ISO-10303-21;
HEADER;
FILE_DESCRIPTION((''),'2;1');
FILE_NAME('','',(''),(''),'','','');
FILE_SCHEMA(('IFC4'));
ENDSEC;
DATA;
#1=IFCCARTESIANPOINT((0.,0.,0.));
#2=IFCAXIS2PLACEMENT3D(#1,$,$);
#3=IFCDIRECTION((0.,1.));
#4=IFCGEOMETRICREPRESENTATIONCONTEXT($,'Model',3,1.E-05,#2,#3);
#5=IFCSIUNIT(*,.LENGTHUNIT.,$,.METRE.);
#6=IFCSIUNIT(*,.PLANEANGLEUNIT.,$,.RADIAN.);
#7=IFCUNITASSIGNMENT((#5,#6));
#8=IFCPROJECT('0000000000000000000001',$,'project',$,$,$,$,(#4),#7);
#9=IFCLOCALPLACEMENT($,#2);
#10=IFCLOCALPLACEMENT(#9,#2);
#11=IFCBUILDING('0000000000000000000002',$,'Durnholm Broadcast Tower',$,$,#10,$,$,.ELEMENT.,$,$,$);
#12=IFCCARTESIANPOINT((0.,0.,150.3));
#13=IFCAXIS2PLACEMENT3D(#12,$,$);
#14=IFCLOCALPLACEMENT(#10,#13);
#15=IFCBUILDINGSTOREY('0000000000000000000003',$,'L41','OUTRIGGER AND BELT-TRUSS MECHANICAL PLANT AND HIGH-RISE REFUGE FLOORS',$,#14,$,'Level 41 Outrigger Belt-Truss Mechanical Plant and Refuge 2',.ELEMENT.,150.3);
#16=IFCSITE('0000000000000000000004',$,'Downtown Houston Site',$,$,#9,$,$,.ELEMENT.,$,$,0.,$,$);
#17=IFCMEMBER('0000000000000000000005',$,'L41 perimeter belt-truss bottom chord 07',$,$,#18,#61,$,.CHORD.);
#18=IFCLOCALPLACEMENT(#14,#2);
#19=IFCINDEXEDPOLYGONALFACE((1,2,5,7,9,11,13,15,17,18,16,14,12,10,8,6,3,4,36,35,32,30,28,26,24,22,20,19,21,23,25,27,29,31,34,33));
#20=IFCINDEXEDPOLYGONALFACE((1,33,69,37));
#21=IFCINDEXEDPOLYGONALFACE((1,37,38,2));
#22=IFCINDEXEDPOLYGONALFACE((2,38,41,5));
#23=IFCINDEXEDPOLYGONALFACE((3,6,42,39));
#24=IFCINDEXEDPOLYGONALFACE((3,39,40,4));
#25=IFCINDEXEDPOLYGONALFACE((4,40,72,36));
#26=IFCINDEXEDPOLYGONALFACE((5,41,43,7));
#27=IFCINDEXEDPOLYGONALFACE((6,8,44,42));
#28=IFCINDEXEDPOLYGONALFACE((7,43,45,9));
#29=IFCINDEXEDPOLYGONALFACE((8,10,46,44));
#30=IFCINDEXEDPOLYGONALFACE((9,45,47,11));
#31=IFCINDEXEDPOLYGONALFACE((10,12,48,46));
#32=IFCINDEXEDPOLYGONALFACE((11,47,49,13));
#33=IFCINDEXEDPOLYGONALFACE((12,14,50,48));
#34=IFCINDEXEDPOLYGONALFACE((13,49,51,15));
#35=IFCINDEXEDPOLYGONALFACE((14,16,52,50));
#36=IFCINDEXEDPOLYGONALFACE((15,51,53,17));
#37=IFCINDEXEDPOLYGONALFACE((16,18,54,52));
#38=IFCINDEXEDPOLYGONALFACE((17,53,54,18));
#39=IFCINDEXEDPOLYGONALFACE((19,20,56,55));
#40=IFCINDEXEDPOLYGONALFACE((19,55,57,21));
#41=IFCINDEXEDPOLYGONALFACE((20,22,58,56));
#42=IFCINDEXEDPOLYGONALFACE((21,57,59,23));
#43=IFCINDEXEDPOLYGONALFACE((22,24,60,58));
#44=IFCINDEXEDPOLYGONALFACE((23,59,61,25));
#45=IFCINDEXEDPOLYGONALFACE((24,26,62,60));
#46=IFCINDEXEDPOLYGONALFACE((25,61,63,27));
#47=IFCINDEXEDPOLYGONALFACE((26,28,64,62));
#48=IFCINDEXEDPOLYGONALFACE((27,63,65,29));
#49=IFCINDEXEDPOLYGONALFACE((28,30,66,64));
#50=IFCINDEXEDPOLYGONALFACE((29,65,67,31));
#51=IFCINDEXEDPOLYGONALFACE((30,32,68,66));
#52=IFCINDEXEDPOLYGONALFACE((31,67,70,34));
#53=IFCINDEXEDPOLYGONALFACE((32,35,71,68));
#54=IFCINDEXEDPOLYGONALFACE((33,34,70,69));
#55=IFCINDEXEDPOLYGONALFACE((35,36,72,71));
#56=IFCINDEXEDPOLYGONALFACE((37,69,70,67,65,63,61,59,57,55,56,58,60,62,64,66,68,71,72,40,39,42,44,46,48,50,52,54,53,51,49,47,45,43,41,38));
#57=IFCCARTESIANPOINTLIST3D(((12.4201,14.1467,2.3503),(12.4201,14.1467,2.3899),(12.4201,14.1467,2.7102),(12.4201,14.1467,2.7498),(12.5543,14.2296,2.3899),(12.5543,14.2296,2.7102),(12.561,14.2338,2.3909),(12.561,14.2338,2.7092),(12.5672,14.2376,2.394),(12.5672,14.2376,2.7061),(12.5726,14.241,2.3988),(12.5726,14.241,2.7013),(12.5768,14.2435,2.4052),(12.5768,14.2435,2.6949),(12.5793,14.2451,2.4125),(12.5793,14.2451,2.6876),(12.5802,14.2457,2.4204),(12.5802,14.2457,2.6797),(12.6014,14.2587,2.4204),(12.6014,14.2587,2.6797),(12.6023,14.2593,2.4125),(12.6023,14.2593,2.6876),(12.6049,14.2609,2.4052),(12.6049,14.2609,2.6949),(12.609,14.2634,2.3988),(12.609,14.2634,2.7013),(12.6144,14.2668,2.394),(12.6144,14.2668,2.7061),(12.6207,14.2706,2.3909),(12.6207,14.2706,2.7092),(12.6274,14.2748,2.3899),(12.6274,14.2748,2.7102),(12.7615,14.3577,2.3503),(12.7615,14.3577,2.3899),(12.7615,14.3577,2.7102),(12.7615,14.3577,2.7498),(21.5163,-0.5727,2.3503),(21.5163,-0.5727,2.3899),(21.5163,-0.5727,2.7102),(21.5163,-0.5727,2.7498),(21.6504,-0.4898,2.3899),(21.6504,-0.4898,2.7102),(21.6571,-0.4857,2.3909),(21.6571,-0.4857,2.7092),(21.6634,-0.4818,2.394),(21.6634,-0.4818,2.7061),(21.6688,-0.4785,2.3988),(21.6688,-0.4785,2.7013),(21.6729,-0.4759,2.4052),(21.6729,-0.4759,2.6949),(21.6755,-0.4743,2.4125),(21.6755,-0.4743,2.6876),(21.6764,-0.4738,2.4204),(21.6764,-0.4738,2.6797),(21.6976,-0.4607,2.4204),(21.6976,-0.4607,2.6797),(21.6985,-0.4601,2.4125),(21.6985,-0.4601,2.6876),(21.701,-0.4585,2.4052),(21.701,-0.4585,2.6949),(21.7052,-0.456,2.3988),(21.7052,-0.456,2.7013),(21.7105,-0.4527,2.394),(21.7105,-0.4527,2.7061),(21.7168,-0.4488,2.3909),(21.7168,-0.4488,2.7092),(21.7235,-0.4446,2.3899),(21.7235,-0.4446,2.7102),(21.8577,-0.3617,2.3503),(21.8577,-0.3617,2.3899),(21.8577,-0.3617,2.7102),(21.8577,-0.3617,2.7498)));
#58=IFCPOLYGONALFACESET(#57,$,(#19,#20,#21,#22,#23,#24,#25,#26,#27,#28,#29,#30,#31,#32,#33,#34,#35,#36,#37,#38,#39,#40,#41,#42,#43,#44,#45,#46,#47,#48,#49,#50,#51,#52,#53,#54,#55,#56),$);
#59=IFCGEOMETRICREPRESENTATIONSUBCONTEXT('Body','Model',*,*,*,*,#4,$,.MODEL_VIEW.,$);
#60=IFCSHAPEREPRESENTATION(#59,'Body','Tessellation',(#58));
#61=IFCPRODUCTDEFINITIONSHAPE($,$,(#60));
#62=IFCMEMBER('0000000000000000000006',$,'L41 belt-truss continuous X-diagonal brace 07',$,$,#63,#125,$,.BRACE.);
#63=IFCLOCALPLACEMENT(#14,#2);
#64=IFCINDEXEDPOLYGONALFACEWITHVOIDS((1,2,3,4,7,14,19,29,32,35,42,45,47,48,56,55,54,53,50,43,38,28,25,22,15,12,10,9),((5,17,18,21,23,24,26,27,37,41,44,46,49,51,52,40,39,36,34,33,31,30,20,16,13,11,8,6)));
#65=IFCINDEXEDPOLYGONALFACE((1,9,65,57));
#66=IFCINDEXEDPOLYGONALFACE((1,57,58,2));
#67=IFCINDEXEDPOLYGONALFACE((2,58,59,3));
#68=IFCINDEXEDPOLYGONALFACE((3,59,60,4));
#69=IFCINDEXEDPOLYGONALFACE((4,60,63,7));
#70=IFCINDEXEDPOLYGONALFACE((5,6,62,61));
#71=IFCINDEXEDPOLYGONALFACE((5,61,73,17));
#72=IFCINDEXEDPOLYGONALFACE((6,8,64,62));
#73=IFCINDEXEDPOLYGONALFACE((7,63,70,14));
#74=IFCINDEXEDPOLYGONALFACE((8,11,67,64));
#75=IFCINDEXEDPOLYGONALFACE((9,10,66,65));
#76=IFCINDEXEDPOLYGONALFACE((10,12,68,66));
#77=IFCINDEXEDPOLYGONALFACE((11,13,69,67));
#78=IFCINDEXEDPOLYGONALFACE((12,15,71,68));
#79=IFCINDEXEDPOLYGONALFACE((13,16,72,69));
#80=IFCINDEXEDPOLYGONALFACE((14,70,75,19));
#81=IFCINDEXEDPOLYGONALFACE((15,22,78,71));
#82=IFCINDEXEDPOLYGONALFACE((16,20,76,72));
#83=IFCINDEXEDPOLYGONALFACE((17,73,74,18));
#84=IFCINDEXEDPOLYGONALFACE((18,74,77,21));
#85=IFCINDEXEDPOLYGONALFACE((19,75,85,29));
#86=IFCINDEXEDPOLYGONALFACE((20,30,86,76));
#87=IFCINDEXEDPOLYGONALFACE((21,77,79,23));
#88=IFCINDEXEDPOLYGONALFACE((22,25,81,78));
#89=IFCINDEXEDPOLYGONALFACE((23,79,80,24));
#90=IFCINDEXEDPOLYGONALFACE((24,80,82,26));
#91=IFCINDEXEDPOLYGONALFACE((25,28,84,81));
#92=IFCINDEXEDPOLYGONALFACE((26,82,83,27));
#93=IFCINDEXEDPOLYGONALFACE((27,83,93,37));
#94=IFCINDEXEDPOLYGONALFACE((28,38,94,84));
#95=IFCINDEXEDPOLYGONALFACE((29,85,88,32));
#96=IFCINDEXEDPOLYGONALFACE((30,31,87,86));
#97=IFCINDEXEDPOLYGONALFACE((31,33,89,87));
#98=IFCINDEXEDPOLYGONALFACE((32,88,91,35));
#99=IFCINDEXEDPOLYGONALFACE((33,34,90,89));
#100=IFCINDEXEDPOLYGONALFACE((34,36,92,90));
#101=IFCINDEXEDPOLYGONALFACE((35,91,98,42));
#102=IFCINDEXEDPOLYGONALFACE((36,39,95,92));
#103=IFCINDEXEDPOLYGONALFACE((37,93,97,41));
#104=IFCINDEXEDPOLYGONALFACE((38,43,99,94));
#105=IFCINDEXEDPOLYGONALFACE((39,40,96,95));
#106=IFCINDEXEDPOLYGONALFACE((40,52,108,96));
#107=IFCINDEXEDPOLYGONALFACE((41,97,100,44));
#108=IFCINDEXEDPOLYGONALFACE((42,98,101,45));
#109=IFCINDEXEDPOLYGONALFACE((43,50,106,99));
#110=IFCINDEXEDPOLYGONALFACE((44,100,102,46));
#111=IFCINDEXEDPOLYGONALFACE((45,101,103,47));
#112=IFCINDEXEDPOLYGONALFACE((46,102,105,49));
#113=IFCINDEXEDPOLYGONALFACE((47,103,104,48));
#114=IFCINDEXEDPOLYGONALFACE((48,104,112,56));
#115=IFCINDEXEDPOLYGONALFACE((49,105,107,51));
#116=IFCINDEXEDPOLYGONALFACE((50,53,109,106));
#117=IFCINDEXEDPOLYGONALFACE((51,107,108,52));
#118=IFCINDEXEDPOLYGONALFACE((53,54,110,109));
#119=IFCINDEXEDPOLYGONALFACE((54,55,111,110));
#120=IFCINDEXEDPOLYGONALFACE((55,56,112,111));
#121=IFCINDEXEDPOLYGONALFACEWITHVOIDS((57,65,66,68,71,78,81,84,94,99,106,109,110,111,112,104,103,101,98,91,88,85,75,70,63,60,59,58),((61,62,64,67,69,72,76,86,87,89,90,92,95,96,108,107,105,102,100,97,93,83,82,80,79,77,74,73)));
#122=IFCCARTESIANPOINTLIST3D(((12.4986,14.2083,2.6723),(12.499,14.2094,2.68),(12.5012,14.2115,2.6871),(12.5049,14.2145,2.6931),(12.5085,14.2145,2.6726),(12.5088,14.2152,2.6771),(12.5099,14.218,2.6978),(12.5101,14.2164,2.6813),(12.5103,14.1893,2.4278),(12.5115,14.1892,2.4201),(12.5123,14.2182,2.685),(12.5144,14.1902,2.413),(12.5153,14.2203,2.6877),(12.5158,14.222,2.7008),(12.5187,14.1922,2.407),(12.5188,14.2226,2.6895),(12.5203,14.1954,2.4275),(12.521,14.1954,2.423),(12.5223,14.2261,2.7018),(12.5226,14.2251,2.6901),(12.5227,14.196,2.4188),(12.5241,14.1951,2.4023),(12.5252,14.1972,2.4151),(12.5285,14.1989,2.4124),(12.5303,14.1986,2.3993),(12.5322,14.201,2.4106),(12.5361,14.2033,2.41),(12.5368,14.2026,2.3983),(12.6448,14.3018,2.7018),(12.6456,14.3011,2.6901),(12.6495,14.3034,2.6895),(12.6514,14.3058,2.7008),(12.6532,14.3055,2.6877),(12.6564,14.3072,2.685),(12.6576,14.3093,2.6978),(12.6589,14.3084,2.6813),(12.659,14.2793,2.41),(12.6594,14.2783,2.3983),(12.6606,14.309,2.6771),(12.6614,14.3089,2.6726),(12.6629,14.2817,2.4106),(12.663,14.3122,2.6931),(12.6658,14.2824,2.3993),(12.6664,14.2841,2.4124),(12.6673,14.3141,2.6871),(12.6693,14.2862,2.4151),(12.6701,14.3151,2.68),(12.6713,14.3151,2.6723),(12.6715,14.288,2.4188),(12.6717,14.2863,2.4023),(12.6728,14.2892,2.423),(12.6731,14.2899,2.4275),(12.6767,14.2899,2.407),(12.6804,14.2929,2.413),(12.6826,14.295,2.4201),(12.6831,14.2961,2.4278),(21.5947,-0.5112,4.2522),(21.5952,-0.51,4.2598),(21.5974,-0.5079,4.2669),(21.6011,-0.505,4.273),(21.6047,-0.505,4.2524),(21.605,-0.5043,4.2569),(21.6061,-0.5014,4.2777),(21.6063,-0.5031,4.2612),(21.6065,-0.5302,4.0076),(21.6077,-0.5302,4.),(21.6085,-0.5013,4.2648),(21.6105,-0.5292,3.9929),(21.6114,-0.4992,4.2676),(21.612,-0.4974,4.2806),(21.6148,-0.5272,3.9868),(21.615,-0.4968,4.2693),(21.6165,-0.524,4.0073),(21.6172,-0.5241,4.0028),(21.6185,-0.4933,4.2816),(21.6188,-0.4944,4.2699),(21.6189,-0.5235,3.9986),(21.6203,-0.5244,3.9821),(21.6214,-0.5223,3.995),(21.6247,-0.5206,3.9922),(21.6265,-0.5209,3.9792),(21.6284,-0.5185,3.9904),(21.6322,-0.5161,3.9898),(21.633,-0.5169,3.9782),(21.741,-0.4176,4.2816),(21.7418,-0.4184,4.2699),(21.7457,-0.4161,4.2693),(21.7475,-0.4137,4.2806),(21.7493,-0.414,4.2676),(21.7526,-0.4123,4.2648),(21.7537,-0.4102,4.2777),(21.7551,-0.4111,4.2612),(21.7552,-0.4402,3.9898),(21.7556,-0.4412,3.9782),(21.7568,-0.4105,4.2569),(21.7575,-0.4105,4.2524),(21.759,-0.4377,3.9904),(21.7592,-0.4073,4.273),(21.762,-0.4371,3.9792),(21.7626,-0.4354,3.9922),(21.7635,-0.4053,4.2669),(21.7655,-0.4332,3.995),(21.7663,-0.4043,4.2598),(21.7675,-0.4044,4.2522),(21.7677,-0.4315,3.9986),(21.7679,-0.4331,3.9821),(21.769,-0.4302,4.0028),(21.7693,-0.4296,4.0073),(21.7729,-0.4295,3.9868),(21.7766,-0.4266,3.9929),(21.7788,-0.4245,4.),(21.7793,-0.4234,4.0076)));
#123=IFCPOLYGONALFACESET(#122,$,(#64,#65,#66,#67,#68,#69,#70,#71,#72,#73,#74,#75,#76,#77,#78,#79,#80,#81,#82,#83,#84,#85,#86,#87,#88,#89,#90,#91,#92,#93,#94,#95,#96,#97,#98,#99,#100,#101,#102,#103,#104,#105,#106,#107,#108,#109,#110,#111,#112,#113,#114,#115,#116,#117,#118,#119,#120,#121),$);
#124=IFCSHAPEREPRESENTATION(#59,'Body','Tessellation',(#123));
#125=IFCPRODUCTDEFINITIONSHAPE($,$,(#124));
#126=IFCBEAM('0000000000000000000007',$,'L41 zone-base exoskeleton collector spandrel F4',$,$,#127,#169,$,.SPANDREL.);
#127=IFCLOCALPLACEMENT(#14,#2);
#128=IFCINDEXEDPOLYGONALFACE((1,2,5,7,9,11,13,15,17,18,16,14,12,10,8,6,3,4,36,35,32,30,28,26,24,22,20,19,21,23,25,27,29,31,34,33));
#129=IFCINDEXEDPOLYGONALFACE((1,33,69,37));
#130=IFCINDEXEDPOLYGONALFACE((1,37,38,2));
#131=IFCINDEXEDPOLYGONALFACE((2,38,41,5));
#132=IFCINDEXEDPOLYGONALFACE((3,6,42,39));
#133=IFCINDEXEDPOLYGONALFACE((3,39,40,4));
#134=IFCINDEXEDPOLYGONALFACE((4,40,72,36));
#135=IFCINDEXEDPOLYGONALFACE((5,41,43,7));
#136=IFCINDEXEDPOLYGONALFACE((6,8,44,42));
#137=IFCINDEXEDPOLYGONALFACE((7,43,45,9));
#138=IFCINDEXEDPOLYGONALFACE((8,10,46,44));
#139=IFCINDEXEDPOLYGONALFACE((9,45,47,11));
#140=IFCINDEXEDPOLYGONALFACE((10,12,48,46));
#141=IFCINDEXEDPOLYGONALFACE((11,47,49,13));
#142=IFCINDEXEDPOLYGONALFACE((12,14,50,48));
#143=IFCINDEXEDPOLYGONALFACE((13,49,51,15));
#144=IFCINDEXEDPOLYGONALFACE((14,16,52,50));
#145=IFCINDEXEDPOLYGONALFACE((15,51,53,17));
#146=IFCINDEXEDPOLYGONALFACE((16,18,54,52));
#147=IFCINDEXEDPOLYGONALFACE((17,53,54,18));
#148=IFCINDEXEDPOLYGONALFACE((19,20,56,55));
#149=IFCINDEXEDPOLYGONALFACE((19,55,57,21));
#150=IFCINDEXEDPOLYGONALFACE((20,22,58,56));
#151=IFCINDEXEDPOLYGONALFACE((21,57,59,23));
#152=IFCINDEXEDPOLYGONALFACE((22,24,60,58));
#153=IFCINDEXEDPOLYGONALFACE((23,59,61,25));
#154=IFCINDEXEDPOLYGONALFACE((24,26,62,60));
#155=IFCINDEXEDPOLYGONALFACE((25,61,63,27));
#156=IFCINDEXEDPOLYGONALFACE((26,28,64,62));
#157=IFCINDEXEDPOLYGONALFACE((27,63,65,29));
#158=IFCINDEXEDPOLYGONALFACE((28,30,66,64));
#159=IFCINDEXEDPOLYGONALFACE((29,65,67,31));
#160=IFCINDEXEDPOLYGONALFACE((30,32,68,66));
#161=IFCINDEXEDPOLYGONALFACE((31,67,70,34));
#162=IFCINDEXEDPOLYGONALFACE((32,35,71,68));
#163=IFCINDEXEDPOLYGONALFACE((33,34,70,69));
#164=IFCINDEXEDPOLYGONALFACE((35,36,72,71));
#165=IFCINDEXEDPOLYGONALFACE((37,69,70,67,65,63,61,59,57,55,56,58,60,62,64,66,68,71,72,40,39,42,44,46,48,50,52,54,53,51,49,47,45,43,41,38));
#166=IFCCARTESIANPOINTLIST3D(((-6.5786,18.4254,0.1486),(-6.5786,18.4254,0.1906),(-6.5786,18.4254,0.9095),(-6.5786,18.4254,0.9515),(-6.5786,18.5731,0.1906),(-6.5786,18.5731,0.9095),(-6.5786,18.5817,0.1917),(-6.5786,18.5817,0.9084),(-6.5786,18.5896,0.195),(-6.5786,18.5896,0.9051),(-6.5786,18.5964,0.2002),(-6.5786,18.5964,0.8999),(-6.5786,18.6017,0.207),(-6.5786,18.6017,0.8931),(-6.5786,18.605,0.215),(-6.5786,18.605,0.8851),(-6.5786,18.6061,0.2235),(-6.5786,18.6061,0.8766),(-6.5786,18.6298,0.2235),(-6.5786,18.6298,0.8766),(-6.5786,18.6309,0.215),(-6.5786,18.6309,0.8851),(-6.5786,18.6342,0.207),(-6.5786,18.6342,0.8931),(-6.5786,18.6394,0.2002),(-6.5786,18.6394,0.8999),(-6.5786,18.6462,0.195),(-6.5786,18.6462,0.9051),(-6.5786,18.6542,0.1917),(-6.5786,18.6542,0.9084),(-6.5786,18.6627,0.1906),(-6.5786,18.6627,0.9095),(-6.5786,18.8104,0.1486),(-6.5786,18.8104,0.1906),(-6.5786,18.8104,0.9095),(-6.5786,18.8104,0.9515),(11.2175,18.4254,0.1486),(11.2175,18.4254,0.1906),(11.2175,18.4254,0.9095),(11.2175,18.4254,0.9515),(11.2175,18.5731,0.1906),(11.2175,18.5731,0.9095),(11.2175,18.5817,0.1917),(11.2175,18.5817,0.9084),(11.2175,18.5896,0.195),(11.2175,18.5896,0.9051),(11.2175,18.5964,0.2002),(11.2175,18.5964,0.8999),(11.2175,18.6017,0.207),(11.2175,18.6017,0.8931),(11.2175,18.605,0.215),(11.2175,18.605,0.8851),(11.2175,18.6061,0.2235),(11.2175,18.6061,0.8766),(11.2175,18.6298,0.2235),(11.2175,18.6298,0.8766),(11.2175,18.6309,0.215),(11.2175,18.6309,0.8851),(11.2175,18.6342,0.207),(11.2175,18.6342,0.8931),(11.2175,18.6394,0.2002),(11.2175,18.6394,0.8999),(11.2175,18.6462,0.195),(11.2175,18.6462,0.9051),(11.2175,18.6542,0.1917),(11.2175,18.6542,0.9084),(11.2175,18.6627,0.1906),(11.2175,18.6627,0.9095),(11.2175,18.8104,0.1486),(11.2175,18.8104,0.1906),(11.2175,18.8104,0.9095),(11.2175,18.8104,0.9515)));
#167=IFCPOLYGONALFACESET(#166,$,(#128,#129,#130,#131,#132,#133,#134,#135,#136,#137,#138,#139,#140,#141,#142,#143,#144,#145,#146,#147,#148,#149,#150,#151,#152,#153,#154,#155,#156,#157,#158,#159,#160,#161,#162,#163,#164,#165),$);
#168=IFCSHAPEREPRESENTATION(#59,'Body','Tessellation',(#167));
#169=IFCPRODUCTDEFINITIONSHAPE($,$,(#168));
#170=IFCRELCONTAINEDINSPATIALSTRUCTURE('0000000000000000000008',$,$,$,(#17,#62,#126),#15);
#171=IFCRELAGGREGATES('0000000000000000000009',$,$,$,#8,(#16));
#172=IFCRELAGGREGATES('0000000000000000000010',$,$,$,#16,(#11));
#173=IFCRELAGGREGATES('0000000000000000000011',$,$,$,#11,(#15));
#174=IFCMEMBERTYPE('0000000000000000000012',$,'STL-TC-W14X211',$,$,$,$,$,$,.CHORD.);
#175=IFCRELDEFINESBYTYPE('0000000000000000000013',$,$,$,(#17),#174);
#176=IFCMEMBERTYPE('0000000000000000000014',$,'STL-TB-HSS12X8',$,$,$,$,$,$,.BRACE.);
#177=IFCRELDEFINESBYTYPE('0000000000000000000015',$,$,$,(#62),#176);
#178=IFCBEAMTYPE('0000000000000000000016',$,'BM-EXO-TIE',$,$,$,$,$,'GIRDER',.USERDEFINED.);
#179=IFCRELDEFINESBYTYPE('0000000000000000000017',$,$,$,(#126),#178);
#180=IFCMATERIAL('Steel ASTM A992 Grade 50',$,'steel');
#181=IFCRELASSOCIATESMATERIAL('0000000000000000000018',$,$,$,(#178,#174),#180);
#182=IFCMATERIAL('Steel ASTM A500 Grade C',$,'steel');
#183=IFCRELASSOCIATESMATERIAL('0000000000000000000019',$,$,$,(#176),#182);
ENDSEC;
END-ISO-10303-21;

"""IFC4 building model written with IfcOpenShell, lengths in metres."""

from ifc_helpers import new_model, si_unit, direction, frame, origin, origin_2d, place, context, subcontext, project, spatial, hollow_rectangle, i_section, extrude, source, transform, mapped, material, material_profile, profile_set, type_object, type_shapes, element, save


model = new_model("IFC4")

# Units and contexts
model_context = context("Model", 3, precision=1e-05, world=origin(), true_north=direction((0.0, 1.0)))
body_context = subcontext(model_context, "Body", "Model", "MODEL_VIEW")
ifc_project = project(units=[si_unit("LENGTHUNIT", "METRE"), si_unit("PLANEANGLEUNIT", "RADIAN")], contexts=[model_context])

# Site, building, storey
site_placement = place(None, origin())
site = spatial("IfcSite", under=ifc_project, at=site_placement, Name="Downtown Houston Site", CompositionType="ELEMENT", RefElevation=0.0)
building_placement = place(site_placement, origin())
building = spatial("IfcBuilding", under=site, at=building_placement, Name="Durnholm Broadcast Tower", CompositionType="ELEMENT")
storey_placement = place(building_placement, frame((0.0, 0.0, 150.3)))
storey = spatial("IfcBuildingStorey", under=building, at=storey_placement, Name="L41", Description="OUTRIGGER AND BELT-TRUSS MECHANICAL PLANT AND HIGH-RISE REFUGE FLOORS", LongName="Level 41 Outrigger Belt-Truss Mechanical Plant and Refuge 2", CompositionType="ELEMENT", Elevation=150.3)

# Shared definitions
ifc_material_1 = material(Name="Steel ASTM A992 Grade 50", Category="steel")
ifc_material_profile_1 = material_profile(ifc_material_1, i_section(OverallWidth=0.385, OverallDepth=0.803, WebThickness=0.0237, FlangeThickness=0.042, FilletRadius=0.033, at=origin_2d()), Name="W30X261")
ifc_profile_set_1 = profile_set([ifc_material_profile_1], Name="Steel ASTM A992 Grade 50")
beam_type_1 = type_object("IfcBeamType", Name="BM-EXO-TIE", ElementType="GIRDER", PredefinedType="USERDEFINED", material=ifc_profile_set_1)

# Members
ifc_material_2 = material(Name="Steel ASTM A500 Grade C", Category="steel")
ifc_material_profile_2 = material_profile(ifc_material_1, i_section(OverallWidth=0.4014, OverallDepth=0.3994, WebThickness=0.0249, FlangeThickness=0.0396, FilletRadius=0.0305, at=origin_2d()), Name="W14X211")
ifc_profile_set_2 = profile_set([ifc_material_profile_2], Name="Steel ASTM A992 Grade 50")
member_type_1 = type_object("IfcMemberType", Name="STL-TC-W14X211", PredefinedType="CHORD", material=ifc_profile_set_2)
shared_shape_1 = source(origin(), body_context, "Body", "SweptSolid", [
    extrude(i_section(OverallWidth=0.4014, OverallDepth=0.3994, WebThickness=0.0249, FlangeThickness=0.0396, FilletRadius=0.0305, at=origin_2d()), origin(), (0.0, 0.0, 1.0), 17.3032),
])
type_shapes(member_type_1, [shared_shape_1])
member_1_placement = place(storey_placement, frame((12.5908, 14.2522, 2.55), z_axis=(0.525691, -0.850675, 0.0), x_axis=(0.850675, 0.525691, 0.0)))
element("IfcMember", 1, at=member_1_placement, inside=storey, type_object=member_type_1, Name="L41 perimeter belt-truss bottom chord 07", PredefinedType="CHORD", context=body_context, shape_type="MappedRepresentation", body=[
    mapped(shared_shape_1, transform((0.0, 0.0, 0.0), x_axis=(1.0, 0.0, 0.0), y_axis=(0.0, 1.0, 0.0), z_axis=(0.0, 0.0, 1.0), scale=1.0)),
])
ifc_material_profile_3 = material_profile(ifc_material_2, hollow_rectangle(XDim=0.2031, YDim=0.3047, WallThickness=0.0117, InnerFilletRadius=0.0176, OuterFilletRadius=0.0295, at=origin_2d()), Name="HSS12X8X1/2")
ifc_profile_set_3 = profile_set([ifc_material_profile_3], Name="Steel ASTM A500 Grade C")
member_type_2 = type_object("IfcMemberType", Name="STL-TB-HSS12X8", PredefinedType="BRACE", material=ifc_profile_set_3)
shared_shape_2 = source(origin(), body_context, "Body", "SweptSolid", [
    extrude(hollow_rectangle(XDim=0.2031, YDim=0.3047, WallThickness=0.0117, InnerFilletRadius=0.0176, OuterFilletRadius=0.0295, at=origin_2d()), origin(), (0.0, 0.0, 1.0), 17.3752),
])
type_shapes(member_type_2, [shared_shape_2])
member_2_placement = place(storey_placement, frame((12.5908, 14.2522, 2.55), z_axis=(0.523514, -0.847152, 0.090924), x_axis=(0.850675, 0.525691, 0.0)))
element("IfcMember", 2, at=member_2_placement, inside=storey, type_object=member_type_2, Name="L41 belt-truss continuous X-diagonal brace 07", PredefinedType="BRACE", context=body_context, shape_type="MappedRepresentation", body=[
    mapped(shared_shape_2, transform((0.0, 0.0, 0.0), x_axis=(1.0, 0.0, 0.0), y_axis=(0.0, 1.0, 0.0), z_axis=(0.0, 0.0, 1.0), scale=1.0)),
])

# Beam
shared_shape_3 = source(origin(), body_context, "Body", "SweptSolid", [
    extrude(i_section(OverallWidth=0.385, OverallDepth=0.803, WebThickness=0.0237, FlangeThickness=0.042, FilletRadius=0.033, at=origin_2d()), origin(), (0.0, 0.0, 1.0), 17.7961),
])
for number, where, z_axis, x_axis, name in (
    (3, (11.2175, 18.6179, 0.55), (-1.0, 0.0, 0.0), (0.0, -1.0, 0.0), "L41 zone-base exoskeleton collector spandrel F4"),
):
    element("IfcBeam", number, at=place(storey_placement, frame(where, z_axis=z_axis, x_axis=x_axis)), inside=storey, type_object=beam_type_1, Name=name, PredefinedType="SPANDREL", context=body_context, shape_type="MappedRepresentation", body=[
        mapped(shared_shape_3, transform((0.0, 0.0, 0.0), x_axis=(1.0, 0.0, 0.0), y_axis=(0.0, 1.0, 0.0), z_axis=(0.0, 0.0, 1.0), scale=1.0)),
    ])

save(model, "model.ifc")
